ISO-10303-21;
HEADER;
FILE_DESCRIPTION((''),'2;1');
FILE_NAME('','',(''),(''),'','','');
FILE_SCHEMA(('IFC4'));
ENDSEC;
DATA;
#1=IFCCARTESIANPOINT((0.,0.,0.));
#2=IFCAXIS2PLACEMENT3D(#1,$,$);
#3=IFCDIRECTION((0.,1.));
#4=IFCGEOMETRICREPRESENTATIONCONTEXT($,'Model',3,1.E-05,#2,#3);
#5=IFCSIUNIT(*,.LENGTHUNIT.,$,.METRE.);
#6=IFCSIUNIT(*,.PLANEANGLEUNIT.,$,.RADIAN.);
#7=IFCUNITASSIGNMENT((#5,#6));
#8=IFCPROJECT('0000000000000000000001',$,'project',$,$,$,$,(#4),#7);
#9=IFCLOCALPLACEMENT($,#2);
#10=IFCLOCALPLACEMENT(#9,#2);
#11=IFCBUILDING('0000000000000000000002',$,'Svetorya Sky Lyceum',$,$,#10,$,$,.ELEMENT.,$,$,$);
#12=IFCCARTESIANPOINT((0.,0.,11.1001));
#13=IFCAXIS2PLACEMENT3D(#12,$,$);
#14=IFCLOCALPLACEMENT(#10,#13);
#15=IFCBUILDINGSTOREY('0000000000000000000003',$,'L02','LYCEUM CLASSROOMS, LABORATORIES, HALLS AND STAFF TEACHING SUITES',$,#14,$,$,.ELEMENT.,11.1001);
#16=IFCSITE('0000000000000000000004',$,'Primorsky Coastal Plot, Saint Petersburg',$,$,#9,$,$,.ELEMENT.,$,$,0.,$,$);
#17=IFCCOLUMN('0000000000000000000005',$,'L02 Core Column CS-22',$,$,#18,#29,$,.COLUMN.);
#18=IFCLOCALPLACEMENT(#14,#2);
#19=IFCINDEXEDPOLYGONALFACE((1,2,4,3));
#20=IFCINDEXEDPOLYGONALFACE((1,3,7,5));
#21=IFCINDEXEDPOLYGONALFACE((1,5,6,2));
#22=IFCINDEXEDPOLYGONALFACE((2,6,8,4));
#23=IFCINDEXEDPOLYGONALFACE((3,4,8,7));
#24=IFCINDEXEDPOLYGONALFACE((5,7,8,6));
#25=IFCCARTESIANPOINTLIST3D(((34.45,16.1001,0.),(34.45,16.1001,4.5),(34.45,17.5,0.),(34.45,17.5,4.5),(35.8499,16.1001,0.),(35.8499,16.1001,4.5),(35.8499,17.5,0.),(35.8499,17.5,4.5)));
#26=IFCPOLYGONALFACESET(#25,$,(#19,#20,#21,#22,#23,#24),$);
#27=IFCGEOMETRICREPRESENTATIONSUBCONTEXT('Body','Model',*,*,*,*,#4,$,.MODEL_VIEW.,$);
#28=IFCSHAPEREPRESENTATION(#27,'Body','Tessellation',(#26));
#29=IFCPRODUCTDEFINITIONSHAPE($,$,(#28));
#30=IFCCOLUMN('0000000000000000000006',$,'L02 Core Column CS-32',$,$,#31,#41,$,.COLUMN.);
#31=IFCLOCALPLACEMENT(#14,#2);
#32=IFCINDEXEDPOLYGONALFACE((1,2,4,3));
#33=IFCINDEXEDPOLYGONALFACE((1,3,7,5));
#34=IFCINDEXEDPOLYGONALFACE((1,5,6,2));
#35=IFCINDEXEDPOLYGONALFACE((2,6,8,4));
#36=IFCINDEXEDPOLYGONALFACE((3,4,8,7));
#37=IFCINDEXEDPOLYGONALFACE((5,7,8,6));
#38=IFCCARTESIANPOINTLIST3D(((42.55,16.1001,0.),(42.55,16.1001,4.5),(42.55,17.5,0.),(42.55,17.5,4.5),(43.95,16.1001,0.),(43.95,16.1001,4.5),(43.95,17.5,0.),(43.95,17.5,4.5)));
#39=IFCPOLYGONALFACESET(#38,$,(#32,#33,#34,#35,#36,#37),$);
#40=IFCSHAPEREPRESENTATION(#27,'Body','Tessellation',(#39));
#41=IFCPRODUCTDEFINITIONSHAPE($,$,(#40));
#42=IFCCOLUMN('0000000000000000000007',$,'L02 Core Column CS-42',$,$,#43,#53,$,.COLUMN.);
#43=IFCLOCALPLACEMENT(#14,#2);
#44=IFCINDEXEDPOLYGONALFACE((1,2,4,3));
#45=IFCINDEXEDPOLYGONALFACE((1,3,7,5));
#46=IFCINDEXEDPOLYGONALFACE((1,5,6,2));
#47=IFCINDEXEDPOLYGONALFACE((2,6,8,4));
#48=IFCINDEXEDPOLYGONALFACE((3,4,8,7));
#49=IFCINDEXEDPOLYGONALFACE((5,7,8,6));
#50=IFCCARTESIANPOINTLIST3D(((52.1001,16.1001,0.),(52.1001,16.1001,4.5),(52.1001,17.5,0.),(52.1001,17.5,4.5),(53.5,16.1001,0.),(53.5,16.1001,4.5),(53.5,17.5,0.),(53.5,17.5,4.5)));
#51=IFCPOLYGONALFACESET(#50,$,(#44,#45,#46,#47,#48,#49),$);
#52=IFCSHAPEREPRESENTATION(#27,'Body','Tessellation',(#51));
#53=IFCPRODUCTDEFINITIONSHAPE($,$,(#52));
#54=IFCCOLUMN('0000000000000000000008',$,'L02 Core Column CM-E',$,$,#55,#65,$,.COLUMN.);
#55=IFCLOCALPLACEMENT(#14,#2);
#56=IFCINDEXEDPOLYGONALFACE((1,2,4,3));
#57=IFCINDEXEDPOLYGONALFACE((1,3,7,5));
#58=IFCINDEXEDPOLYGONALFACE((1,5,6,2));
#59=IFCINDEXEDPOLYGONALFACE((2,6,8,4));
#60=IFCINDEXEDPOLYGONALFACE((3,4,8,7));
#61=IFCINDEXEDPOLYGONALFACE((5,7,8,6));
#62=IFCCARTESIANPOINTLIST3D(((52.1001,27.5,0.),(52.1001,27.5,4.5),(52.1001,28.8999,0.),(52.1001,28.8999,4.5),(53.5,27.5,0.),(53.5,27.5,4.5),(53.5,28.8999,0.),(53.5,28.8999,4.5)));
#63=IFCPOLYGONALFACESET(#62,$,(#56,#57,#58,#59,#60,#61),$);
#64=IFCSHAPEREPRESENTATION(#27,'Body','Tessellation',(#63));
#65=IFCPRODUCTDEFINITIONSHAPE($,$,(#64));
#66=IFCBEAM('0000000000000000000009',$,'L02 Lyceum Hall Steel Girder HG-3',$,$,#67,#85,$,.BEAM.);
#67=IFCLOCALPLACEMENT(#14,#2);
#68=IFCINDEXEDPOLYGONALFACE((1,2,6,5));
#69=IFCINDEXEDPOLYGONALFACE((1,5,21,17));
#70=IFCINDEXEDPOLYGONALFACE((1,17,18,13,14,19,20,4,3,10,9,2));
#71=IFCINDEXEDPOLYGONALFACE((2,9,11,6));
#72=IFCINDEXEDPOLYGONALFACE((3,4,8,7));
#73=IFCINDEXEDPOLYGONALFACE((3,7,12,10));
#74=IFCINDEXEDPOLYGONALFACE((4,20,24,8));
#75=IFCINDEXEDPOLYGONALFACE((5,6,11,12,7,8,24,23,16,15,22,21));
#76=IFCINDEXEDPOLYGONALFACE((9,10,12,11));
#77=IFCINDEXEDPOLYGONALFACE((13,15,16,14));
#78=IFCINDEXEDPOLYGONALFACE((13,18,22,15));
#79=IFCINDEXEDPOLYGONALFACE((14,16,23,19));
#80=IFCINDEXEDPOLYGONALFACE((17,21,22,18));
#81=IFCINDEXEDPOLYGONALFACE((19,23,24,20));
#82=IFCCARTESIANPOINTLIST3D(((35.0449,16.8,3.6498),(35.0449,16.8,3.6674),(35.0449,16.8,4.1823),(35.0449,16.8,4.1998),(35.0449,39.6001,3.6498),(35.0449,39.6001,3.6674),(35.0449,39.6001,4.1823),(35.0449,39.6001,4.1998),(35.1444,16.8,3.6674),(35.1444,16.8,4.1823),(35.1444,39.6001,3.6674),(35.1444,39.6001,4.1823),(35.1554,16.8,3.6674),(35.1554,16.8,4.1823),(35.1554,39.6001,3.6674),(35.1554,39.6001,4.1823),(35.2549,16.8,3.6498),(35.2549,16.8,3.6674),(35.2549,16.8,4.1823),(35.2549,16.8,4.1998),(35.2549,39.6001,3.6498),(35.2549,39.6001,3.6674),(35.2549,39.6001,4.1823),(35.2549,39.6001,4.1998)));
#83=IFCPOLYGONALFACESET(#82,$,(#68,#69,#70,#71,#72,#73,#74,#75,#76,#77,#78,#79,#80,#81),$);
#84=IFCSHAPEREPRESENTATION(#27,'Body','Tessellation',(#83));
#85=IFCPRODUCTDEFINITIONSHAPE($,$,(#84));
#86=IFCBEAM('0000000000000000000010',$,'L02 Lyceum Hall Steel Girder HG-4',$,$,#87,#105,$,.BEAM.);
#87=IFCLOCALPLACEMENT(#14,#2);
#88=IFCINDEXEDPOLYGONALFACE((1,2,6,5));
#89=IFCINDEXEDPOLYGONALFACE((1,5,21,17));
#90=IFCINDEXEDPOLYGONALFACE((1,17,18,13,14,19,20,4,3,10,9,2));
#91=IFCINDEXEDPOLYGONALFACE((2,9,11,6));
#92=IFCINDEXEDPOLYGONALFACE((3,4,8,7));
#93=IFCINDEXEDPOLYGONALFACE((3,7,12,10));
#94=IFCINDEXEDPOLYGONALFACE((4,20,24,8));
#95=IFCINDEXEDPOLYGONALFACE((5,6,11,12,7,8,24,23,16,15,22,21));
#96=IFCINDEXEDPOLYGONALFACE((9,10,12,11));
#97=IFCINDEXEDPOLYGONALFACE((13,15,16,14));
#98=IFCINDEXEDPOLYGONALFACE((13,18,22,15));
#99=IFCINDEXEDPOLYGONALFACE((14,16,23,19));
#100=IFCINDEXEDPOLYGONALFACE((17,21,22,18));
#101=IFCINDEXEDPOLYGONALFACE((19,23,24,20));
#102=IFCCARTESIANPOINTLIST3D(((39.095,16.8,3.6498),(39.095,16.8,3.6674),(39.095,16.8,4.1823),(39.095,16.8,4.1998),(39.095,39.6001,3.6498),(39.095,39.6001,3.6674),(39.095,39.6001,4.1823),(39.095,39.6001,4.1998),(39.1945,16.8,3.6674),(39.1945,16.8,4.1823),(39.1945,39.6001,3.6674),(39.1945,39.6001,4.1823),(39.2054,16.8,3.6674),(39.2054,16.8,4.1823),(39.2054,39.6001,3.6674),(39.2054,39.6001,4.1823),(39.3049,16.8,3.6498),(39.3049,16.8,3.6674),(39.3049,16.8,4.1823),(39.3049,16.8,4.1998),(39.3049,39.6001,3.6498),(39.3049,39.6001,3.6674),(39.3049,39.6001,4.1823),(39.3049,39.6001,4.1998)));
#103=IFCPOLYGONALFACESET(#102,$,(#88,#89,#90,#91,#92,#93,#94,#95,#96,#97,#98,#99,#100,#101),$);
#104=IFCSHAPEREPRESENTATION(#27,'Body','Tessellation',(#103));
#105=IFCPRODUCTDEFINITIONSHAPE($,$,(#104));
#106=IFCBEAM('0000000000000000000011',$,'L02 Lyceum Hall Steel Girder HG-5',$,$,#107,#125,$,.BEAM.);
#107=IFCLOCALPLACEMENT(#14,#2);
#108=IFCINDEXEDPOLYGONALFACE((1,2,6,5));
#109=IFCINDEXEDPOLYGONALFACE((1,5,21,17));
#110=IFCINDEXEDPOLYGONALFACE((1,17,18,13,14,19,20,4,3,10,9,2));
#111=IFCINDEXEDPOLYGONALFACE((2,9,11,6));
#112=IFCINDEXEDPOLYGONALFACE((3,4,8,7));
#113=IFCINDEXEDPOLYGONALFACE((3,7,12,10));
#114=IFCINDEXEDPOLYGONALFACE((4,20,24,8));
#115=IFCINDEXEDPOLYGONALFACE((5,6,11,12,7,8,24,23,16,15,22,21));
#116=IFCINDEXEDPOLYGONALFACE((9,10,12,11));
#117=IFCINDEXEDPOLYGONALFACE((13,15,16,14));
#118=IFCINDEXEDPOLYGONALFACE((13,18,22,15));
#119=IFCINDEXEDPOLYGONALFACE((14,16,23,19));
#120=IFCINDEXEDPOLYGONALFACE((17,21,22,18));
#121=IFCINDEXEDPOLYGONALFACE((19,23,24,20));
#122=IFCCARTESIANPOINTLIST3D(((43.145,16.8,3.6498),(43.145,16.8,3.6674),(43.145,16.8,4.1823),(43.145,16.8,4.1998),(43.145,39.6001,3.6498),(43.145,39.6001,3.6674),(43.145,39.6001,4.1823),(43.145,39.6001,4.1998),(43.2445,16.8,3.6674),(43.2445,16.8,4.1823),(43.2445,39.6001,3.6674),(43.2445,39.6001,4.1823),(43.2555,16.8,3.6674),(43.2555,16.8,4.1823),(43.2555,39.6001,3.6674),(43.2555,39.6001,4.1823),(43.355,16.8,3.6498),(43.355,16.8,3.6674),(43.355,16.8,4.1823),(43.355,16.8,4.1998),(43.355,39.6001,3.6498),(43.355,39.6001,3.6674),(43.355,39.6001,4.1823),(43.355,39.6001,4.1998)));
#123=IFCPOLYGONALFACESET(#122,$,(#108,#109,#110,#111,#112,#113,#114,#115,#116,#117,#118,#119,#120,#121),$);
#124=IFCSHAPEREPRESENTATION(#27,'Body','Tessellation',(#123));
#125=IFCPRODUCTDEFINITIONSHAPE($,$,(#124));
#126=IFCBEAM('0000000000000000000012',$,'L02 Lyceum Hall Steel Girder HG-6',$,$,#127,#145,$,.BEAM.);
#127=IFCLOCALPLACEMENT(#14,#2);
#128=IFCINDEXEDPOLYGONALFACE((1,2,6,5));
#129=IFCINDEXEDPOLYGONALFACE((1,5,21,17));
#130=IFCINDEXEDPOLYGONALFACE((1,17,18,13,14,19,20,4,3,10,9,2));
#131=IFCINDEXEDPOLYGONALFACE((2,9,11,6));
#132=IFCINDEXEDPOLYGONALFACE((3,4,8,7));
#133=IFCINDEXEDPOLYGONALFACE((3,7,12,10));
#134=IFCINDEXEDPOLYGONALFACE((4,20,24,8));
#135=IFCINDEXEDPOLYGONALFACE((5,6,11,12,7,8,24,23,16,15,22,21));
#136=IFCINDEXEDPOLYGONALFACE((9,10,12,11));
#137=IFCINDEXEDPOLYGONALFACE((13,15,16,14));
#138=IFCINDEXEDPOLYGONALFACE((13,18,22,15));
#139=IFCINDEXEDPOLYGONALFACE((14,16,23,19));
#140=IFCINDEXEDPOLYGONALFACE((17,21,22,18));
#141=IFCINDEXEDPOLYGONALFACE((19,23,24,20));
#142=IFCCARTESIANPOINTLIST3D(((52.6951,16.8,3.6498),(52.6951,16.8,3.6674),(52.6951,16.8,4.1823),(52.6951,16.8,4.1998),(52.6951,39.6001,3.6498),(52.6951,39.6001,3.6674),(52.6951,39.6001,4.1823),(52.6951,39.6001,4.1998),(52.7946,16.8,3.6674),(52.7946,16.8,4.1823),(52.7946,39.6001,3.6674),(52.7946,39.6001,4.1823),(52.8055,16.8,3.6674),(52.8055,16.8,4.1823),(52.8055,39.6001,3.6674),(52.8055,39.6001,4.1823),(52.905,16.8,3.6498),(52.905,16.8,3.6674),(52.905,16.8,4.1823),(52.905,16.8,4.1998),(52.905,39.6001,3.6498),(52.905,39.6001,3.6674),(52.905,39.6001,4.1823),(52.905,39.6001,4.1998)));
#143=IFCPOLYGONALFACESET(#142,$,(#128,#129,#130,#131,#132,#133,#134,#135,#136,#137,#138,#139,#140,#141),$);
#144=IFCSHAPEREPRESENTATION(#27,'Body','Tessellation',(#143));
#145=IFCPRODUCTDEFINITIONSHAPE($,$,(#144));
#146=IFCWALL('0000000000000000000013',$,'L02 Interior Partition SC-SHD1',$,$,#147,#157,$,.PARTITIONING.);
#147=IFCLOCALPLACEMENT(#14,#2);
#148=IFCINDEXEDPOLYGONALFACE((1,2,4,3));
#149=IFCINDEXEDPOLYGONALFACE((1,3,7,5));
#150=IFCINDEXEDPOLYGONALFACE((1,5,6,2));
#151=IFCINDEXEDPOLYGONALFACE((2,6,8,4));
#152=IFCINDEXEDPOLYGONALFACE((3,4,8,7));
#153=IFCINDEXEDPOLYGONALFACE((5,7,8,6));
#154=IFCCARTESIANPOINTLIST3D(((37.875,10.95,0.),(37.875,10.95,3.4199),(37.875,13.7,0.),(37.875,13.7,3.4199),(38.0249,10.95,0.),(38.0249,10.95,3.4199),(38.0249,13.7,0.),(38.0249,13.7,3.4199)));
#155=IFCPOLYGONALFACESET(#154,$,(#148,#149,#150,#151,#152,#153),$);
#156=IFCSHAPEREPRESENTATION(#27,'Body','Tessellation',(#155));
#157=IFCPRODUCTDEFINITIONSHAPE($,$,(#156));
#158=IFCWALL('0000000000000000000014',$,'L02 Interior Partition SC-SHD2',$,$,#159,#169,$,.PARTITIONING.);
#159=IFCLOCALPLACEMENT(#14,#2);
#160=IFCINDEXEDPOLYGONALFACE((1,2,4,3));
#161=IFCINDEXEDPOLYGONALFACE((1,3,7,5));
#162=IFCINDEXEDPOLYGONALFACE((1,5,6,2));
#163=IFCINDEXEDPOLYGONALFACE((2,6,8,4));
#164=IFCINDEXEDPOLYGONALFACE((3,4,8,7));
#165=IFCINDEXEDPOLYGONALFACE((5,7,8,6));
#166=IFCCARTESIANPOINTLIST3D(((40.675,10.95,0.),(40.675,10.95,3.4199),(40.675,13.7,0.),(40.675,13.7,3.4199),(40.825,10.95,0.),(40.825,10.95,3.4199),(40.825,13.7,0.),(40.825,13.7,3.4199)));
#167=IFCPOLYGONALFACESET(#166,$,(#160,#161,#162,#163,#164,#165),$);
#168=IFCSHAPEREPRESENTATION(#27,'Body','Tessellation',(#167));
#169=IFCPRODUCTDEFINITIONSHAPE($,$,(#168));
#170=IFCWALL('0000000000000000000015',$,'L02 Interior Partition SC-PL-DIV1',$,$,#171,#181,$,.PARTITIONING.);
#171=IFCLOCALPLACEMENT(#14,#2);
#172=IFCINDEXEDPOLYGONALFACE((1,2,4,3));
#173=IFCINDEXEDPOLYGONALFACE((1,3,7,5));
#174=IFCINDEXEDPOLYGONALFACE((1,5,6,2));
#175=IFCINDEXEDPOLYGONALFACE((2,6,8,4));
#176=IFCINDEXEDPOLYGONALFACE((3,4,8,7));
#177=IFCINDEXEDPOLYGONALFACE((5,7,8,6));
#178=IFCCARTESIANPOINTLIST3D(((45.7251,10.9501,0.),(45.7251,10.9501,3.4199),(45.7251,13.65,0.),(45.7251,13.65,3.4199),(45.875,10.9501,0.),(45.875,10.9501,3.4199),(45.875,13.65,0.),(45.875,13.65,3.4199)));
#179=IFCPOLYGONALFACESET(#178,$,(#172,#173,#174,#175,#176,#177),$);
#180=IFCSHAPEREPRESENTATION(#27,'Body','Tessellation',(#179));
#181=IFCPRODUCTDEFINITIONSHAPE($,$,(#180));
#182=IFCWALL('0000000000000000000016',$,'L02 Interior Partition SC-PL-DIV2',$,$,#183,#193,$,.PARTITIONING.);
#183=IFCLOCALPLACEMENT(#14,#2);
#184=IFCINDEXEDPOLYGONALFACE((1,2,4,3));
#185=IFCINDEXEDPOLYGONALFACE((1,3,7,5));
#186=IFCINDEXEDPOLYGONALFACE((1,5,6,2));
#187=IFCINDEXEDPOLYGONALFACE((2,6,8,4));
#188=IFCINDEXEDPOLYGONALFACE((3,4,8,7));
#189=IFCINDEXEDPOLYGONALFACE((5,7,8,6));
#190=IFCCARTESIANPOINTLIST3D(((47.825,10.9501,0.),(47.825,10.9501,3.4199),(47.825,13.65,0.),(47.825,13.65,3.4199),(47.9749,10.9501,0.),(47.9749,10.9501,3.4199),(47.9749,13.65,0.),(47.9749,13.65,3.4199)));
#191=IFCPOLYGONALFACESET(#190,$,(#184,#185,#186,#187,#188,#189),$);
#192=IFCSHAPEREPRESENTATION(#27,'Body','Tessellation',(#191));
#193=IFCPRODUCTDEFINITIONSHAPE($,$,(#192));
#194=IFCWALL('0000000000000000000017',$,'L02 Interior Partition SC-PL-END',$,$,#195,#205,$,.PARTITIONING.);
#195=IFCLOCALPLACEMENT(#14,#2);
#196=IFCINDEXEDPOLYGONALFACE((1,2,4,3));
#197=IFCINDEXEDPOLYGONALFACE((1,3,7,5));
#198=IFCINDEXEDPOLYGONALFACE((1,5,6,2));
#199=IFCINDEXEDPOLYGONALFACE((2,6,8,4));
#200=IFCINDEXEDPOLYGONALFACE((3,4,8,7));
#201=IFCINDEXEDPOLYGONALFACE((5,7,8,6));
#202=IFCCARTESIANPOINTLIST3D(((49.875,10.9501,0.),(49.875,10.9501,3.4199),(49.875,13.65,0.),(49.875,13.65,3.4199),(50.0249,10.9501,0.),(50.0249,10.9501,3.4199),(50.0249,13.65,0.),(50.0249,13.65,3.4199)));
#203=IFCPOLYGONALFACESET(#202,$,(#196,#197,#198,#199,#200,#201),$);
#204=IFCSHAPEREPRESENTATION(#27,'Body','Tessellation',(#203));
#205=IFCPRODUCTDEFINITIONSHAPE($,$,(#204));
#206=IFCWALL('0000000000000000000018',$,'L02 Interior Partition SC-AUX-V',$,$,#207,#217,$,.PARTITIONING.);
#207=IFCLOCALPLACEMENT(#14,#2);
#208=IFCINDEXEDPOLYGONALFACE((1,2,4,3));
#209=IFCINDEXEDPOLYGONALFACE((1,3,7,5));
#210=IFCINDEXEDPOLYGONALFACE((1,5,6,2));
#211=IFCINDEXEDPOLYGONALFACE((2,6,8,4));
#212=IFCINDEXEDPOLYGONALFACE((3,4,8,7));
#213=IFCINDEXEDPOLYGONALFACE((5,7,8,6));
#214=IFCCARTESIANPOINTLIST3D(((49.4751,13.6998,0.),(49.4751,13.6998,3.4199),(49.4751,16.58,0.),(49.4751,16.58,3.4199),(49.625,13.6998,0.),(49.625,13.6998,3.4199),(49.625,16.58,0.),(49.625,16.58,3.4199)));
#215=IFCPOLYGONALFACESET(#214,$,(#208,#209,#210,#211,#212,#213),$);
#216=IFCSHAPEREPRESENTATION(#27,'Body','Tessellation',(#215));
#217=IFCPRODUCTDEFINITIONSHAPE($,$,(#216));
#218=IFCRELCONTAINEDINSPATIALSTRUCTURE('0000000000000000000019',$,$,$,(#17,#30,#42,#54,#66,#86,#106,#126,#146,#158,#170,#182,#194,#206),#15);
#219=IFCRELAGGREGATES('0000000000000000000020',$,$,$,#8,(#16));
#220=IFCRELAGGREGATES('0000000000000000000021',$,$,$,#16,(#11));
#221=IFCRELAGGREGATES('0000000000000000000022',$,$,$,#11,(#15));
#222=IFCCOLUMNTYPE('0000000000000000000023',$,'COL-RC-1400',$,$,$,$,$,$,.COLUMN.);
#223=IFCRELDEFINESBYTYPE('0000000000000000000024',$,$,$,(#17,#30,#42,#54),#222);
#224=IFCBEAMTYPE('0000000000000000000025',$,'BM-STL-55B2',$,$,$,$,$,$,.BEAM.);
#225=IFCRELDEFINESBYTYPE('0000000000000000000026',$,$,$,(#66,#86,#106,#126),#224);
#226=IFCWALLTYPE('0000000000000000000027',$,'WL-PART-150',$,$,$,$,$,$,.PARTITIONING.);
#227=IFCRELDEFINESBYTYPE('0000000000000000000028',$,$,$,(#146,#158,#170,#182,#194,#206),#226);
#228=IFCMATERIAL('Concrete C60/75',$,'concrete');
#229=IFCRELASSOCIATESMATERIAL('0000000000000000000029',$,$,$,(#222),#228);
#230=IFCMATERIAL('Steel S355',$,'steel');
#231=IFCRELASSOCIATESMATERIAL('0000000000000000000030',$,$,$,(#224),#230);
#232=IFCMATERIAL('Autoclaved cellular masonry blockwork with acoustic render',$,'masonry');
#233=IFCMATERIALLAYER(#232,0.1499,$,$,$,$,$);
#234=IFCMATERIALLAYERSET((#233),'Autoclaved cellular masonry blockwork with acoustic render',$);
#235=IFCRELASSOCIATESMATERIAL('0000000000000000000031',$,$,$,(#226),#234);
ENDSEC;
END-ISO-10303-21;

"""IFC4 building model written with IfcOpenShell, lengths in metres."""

from ifc_helpers import new_model, si_unit, direction, frame, frame_2d, origin, origin_2d, place, context, subcontext, project, spatial, rectangle, i_section, extrude, material, layer, layer_set, material_profile, profile_set, type_object, element, save


model = new_model("IFC4")

# Units and contexts
model_context = context("Model", 3, precision=1e-05, world=origin(), true_north=direction((0.0, 1.0)))
body_context = subcontext(model_context, "Body", "Model", "MODEL_VIEW")
ifc_project = project(units=[si_unit("LENGTHUNIT", "METRE"), si_unit("PLANEANGLEUNIT", "RADIAN")], contexts=[model_context])

# Site, building, storey
site_placement = place(None, origin())
site = spatial("IfcSite", under=ifc_project, at=site_placement, Name="Primorsky Coastal Plot, Saint Petersburg", CompositionType="ELEMENT", RefElevation=0.0)
building_placement = place(site_placement, origin())
building = spatial("IfcBuilding", under=site, at=building_placement, Name="Svetorya Sky Lyceum", CompositionType="ELEMENT")
storey_placement = place(building_placement, frame((0.0, 0.0, 11.1001)))
storey = spatial("IfcBuildingStorey", under=building, at=storey_placement, Name="L02", Description="LYCEUM CLASSROOMS, LABORATORIES, HALLS AND STAFF TEACHING SUITES", CompositionType="ELEMENT", Elevation=11.1001)

# Columns
ifc_material_1 = material(Name="Concrete C60/75", Category="concrete")
ifc_material_profile_1 = material_profile(ifc_material_1, rectangle(XDim=1.3999, YDim=1.3999, at=origin_2d()), Name="RC COL 1400x1400")
ifc_profile_set_1 = profile_set([ifc_material_profile_1], Name="Concrete C60/75")
column_type = type_object("IfcColumnType", Name="COL-RC-1400", PredefinedType="COLUMN", material=ifc_profile_set_1)
for number, where, z_axis, x_axis, name in (
    (1, (35.1499, 16.8, 0.0), (0.0, 0.0, 1.0), (1.0, 0.0, 0.0), "L02 Core Column CS-22"),
    (2, (43.25, 16.8, 0.0), (0.0, 0.0, 1.0), (1.0, 0.0, 0.0), "L02 Core Column CS-32"),
    (3, (52.8, 16.8, 0.0), (0.0, 0.0, 1.0), (1.0, 0.0, 0.0), "L02 Core Column CS-42"),
    (4, (52.8, 28.2, 0.0), (0.0, 0.0, 1.0), (1.0, 0.0, 0.0), "L02 Core Column CM-E"),
):
    element("IfcColumn", number, at=place(storey_placement, frame(where, z_axis=z_axis, x_axis=x_axis)), inside=storey, type_object=column_type, Name=name, PredefinedType="COLUMN", context=body_context, shape_type="SweptSolid", body=[
        extrude(rectangle(XDim=1.3999, YDim=1.3999, at=origin_2d()), origin(), (0.0, 0.0, 1.0), 4.5),
    ])

# Beams
ifc_material_2 = material(Name="Steel S355", Category="steel")
ifc_material_profile_2 = material_profile(ifc_material_2, i_section(OverallWidth=0.21, OverallDepth=0.55, WebThickness=0.011, FlangeThickness=0.0176, at=origin_2d()), Name="GOST 55B2")
ifc_profile_set_2 = profile_set([ifc_material_profile_2], Name="Steel S355")
beam_type = type_object("IfcBeamType", Name="BM-STL-55B2", PredefinedType="BEAM", material=ifc_profile_set_2)
for number, where, z_axis, x_axis, name in (
    (5, (35.1499, 16.8, 3.9248), (0.0, 1.0, 0.0), (-1.0, 0.0, 0.0), "L02 Lyceum Hall Steel Girder HG-3"),
    (6, (39.2, 16.8, 3.9248), (0.0, 1.0, 0.0), (-1.0, 0.0, 0.0), "L02 Lyceum Hall Steel Girder HG-4"),
    (7, (43.25, 16.8, 3.9248), (0.0, 1.0, 0.0), (-1.0, 0.0, 0.0), "L02 Lyceum Hall Steel Girder HG-5"),
    (8, (52.8, 16.8, 3.9248), (0.0, 1.0, 0.0), (-1.0, 0.0, 0.0), "L02 Lyceum Hall Steel Girder HG-6"),
):
    element("IfcBeam", number, at=place(storey_placement, frame(where, z_axis=z_axis, x_axis=x_axis)), inside=storey, type_object=beam_type, Name=name, PredefinedType="BEAM", context=body_context, shape_type="SweptSolid", body=[
        extrude(i_section(OverallWidth=0.21, OverallDepth=0.55, WebThickness=0.011, FlangeThickness=0.0176, at=origin_2d()), origin(), (0.0, 0.0, 1.0), 22.8),
    ])

# Walls
ifc_material_3 = material(Name="Autoclaved cellular masonry blockwork with acoustic render", Category="masonry")
ifc_layer_1 = layer(ifc_material_3, 0.1499)
ifc_layer_set_1 = layer_set([ifc_layer_1], Name="Autoclaved cellular masonry blockwork with acoustic render")
wall_type_1 = type_object("IfcWallType", Name="WL-PART-150", PredefinedType="PARTITIONING", material=ifc_layer_set_1)
for number, where, z_axis, x_axis, name in (
    (9, (37.95, 10.95, 0.0), (0.0, 0.0, 1.0), (0.0, 1.0, 0.0), "L02 Interior Partition SC-SHD1"),
    (10, (40.75, 10.95, 0.0), (0.0, 0.0, 1.0), (0.0, 1.0, 0.0), "L02 Interior Partition SC-SHD2"),
):
    element("IfcWall", number, at=place(storey_placement, frame(where, z_axis=z_axis, x_axis=x_axis)), inside=storey, type_object=wall_type_1, Name=name, PredefinedType="PARTITIONING", context=body_context, shape_type="SweptSolid", body=[
        extrude(rectangle(XDim=2.75, YDim=0.1499, at=frame_2d((1.375, 0.0))), origin(), (0.0, 0.0, 1.0), 3.4199),
    ])
for number, where, z_axis, x_axis, name in (
    (11, (45.8, 10.95, 0.0), (0.0, 0.0, 1.0), (0.0, 1.0, 0.0), "L02 Interior Partition SC-PL-DIV1"),
    (12, (47.8999, 10.95, 0.0), (0.0, 0.0, 1.0), (0.0, 1.0, 0.0), "L02 Interior Partition SC-PL-DIV2"),
    (13, (49.95, 10.95, 0.0), (0.0, 0.0, 1.0), (0.0, 1.0, 0.0), "L02 Interior Partition SC-PL-END"),
):
    element("IfcWall", number, at=place(storey_placement, frame(where, z_axis=z_axis, x_axis=x_axis)), inside=storey, type_object=wall_type_1, Name=name, PredefinedType="PARTITIONING", context=body_context, shape_type="SweptSolid", body=[
        extrude(rectangle(XDim=2.7, YDim=0.1499, at=frame_2d((1.3501, 0.0))), origin(), (0.0, 0.0, 1.0), 3.4199),
    ])
wall_1_placement = place(storey_placement, frame((49.55, 13.7, 0.0), z_axis=(0.0, 0.0, 1.0), x_axis=(0.0, 1.0, 0.0)))
element("IfcWall", 14, at=wall_1_placement, inside=storey, type_object=wall_type_1, Name="L02 Interior Partition SC-AUX-V", PredefinedType="PARTITIONING", context=body_context, shape_type="SweptSolid", body=[
    extrude(rectangle(XDim=2.8801, YDim=0.1499, at=frame_2d((1.4399, 0.0))), origin(), (0.0, 0.0, 1.0), 3.4199),
])

save(model, "model.ifc")
